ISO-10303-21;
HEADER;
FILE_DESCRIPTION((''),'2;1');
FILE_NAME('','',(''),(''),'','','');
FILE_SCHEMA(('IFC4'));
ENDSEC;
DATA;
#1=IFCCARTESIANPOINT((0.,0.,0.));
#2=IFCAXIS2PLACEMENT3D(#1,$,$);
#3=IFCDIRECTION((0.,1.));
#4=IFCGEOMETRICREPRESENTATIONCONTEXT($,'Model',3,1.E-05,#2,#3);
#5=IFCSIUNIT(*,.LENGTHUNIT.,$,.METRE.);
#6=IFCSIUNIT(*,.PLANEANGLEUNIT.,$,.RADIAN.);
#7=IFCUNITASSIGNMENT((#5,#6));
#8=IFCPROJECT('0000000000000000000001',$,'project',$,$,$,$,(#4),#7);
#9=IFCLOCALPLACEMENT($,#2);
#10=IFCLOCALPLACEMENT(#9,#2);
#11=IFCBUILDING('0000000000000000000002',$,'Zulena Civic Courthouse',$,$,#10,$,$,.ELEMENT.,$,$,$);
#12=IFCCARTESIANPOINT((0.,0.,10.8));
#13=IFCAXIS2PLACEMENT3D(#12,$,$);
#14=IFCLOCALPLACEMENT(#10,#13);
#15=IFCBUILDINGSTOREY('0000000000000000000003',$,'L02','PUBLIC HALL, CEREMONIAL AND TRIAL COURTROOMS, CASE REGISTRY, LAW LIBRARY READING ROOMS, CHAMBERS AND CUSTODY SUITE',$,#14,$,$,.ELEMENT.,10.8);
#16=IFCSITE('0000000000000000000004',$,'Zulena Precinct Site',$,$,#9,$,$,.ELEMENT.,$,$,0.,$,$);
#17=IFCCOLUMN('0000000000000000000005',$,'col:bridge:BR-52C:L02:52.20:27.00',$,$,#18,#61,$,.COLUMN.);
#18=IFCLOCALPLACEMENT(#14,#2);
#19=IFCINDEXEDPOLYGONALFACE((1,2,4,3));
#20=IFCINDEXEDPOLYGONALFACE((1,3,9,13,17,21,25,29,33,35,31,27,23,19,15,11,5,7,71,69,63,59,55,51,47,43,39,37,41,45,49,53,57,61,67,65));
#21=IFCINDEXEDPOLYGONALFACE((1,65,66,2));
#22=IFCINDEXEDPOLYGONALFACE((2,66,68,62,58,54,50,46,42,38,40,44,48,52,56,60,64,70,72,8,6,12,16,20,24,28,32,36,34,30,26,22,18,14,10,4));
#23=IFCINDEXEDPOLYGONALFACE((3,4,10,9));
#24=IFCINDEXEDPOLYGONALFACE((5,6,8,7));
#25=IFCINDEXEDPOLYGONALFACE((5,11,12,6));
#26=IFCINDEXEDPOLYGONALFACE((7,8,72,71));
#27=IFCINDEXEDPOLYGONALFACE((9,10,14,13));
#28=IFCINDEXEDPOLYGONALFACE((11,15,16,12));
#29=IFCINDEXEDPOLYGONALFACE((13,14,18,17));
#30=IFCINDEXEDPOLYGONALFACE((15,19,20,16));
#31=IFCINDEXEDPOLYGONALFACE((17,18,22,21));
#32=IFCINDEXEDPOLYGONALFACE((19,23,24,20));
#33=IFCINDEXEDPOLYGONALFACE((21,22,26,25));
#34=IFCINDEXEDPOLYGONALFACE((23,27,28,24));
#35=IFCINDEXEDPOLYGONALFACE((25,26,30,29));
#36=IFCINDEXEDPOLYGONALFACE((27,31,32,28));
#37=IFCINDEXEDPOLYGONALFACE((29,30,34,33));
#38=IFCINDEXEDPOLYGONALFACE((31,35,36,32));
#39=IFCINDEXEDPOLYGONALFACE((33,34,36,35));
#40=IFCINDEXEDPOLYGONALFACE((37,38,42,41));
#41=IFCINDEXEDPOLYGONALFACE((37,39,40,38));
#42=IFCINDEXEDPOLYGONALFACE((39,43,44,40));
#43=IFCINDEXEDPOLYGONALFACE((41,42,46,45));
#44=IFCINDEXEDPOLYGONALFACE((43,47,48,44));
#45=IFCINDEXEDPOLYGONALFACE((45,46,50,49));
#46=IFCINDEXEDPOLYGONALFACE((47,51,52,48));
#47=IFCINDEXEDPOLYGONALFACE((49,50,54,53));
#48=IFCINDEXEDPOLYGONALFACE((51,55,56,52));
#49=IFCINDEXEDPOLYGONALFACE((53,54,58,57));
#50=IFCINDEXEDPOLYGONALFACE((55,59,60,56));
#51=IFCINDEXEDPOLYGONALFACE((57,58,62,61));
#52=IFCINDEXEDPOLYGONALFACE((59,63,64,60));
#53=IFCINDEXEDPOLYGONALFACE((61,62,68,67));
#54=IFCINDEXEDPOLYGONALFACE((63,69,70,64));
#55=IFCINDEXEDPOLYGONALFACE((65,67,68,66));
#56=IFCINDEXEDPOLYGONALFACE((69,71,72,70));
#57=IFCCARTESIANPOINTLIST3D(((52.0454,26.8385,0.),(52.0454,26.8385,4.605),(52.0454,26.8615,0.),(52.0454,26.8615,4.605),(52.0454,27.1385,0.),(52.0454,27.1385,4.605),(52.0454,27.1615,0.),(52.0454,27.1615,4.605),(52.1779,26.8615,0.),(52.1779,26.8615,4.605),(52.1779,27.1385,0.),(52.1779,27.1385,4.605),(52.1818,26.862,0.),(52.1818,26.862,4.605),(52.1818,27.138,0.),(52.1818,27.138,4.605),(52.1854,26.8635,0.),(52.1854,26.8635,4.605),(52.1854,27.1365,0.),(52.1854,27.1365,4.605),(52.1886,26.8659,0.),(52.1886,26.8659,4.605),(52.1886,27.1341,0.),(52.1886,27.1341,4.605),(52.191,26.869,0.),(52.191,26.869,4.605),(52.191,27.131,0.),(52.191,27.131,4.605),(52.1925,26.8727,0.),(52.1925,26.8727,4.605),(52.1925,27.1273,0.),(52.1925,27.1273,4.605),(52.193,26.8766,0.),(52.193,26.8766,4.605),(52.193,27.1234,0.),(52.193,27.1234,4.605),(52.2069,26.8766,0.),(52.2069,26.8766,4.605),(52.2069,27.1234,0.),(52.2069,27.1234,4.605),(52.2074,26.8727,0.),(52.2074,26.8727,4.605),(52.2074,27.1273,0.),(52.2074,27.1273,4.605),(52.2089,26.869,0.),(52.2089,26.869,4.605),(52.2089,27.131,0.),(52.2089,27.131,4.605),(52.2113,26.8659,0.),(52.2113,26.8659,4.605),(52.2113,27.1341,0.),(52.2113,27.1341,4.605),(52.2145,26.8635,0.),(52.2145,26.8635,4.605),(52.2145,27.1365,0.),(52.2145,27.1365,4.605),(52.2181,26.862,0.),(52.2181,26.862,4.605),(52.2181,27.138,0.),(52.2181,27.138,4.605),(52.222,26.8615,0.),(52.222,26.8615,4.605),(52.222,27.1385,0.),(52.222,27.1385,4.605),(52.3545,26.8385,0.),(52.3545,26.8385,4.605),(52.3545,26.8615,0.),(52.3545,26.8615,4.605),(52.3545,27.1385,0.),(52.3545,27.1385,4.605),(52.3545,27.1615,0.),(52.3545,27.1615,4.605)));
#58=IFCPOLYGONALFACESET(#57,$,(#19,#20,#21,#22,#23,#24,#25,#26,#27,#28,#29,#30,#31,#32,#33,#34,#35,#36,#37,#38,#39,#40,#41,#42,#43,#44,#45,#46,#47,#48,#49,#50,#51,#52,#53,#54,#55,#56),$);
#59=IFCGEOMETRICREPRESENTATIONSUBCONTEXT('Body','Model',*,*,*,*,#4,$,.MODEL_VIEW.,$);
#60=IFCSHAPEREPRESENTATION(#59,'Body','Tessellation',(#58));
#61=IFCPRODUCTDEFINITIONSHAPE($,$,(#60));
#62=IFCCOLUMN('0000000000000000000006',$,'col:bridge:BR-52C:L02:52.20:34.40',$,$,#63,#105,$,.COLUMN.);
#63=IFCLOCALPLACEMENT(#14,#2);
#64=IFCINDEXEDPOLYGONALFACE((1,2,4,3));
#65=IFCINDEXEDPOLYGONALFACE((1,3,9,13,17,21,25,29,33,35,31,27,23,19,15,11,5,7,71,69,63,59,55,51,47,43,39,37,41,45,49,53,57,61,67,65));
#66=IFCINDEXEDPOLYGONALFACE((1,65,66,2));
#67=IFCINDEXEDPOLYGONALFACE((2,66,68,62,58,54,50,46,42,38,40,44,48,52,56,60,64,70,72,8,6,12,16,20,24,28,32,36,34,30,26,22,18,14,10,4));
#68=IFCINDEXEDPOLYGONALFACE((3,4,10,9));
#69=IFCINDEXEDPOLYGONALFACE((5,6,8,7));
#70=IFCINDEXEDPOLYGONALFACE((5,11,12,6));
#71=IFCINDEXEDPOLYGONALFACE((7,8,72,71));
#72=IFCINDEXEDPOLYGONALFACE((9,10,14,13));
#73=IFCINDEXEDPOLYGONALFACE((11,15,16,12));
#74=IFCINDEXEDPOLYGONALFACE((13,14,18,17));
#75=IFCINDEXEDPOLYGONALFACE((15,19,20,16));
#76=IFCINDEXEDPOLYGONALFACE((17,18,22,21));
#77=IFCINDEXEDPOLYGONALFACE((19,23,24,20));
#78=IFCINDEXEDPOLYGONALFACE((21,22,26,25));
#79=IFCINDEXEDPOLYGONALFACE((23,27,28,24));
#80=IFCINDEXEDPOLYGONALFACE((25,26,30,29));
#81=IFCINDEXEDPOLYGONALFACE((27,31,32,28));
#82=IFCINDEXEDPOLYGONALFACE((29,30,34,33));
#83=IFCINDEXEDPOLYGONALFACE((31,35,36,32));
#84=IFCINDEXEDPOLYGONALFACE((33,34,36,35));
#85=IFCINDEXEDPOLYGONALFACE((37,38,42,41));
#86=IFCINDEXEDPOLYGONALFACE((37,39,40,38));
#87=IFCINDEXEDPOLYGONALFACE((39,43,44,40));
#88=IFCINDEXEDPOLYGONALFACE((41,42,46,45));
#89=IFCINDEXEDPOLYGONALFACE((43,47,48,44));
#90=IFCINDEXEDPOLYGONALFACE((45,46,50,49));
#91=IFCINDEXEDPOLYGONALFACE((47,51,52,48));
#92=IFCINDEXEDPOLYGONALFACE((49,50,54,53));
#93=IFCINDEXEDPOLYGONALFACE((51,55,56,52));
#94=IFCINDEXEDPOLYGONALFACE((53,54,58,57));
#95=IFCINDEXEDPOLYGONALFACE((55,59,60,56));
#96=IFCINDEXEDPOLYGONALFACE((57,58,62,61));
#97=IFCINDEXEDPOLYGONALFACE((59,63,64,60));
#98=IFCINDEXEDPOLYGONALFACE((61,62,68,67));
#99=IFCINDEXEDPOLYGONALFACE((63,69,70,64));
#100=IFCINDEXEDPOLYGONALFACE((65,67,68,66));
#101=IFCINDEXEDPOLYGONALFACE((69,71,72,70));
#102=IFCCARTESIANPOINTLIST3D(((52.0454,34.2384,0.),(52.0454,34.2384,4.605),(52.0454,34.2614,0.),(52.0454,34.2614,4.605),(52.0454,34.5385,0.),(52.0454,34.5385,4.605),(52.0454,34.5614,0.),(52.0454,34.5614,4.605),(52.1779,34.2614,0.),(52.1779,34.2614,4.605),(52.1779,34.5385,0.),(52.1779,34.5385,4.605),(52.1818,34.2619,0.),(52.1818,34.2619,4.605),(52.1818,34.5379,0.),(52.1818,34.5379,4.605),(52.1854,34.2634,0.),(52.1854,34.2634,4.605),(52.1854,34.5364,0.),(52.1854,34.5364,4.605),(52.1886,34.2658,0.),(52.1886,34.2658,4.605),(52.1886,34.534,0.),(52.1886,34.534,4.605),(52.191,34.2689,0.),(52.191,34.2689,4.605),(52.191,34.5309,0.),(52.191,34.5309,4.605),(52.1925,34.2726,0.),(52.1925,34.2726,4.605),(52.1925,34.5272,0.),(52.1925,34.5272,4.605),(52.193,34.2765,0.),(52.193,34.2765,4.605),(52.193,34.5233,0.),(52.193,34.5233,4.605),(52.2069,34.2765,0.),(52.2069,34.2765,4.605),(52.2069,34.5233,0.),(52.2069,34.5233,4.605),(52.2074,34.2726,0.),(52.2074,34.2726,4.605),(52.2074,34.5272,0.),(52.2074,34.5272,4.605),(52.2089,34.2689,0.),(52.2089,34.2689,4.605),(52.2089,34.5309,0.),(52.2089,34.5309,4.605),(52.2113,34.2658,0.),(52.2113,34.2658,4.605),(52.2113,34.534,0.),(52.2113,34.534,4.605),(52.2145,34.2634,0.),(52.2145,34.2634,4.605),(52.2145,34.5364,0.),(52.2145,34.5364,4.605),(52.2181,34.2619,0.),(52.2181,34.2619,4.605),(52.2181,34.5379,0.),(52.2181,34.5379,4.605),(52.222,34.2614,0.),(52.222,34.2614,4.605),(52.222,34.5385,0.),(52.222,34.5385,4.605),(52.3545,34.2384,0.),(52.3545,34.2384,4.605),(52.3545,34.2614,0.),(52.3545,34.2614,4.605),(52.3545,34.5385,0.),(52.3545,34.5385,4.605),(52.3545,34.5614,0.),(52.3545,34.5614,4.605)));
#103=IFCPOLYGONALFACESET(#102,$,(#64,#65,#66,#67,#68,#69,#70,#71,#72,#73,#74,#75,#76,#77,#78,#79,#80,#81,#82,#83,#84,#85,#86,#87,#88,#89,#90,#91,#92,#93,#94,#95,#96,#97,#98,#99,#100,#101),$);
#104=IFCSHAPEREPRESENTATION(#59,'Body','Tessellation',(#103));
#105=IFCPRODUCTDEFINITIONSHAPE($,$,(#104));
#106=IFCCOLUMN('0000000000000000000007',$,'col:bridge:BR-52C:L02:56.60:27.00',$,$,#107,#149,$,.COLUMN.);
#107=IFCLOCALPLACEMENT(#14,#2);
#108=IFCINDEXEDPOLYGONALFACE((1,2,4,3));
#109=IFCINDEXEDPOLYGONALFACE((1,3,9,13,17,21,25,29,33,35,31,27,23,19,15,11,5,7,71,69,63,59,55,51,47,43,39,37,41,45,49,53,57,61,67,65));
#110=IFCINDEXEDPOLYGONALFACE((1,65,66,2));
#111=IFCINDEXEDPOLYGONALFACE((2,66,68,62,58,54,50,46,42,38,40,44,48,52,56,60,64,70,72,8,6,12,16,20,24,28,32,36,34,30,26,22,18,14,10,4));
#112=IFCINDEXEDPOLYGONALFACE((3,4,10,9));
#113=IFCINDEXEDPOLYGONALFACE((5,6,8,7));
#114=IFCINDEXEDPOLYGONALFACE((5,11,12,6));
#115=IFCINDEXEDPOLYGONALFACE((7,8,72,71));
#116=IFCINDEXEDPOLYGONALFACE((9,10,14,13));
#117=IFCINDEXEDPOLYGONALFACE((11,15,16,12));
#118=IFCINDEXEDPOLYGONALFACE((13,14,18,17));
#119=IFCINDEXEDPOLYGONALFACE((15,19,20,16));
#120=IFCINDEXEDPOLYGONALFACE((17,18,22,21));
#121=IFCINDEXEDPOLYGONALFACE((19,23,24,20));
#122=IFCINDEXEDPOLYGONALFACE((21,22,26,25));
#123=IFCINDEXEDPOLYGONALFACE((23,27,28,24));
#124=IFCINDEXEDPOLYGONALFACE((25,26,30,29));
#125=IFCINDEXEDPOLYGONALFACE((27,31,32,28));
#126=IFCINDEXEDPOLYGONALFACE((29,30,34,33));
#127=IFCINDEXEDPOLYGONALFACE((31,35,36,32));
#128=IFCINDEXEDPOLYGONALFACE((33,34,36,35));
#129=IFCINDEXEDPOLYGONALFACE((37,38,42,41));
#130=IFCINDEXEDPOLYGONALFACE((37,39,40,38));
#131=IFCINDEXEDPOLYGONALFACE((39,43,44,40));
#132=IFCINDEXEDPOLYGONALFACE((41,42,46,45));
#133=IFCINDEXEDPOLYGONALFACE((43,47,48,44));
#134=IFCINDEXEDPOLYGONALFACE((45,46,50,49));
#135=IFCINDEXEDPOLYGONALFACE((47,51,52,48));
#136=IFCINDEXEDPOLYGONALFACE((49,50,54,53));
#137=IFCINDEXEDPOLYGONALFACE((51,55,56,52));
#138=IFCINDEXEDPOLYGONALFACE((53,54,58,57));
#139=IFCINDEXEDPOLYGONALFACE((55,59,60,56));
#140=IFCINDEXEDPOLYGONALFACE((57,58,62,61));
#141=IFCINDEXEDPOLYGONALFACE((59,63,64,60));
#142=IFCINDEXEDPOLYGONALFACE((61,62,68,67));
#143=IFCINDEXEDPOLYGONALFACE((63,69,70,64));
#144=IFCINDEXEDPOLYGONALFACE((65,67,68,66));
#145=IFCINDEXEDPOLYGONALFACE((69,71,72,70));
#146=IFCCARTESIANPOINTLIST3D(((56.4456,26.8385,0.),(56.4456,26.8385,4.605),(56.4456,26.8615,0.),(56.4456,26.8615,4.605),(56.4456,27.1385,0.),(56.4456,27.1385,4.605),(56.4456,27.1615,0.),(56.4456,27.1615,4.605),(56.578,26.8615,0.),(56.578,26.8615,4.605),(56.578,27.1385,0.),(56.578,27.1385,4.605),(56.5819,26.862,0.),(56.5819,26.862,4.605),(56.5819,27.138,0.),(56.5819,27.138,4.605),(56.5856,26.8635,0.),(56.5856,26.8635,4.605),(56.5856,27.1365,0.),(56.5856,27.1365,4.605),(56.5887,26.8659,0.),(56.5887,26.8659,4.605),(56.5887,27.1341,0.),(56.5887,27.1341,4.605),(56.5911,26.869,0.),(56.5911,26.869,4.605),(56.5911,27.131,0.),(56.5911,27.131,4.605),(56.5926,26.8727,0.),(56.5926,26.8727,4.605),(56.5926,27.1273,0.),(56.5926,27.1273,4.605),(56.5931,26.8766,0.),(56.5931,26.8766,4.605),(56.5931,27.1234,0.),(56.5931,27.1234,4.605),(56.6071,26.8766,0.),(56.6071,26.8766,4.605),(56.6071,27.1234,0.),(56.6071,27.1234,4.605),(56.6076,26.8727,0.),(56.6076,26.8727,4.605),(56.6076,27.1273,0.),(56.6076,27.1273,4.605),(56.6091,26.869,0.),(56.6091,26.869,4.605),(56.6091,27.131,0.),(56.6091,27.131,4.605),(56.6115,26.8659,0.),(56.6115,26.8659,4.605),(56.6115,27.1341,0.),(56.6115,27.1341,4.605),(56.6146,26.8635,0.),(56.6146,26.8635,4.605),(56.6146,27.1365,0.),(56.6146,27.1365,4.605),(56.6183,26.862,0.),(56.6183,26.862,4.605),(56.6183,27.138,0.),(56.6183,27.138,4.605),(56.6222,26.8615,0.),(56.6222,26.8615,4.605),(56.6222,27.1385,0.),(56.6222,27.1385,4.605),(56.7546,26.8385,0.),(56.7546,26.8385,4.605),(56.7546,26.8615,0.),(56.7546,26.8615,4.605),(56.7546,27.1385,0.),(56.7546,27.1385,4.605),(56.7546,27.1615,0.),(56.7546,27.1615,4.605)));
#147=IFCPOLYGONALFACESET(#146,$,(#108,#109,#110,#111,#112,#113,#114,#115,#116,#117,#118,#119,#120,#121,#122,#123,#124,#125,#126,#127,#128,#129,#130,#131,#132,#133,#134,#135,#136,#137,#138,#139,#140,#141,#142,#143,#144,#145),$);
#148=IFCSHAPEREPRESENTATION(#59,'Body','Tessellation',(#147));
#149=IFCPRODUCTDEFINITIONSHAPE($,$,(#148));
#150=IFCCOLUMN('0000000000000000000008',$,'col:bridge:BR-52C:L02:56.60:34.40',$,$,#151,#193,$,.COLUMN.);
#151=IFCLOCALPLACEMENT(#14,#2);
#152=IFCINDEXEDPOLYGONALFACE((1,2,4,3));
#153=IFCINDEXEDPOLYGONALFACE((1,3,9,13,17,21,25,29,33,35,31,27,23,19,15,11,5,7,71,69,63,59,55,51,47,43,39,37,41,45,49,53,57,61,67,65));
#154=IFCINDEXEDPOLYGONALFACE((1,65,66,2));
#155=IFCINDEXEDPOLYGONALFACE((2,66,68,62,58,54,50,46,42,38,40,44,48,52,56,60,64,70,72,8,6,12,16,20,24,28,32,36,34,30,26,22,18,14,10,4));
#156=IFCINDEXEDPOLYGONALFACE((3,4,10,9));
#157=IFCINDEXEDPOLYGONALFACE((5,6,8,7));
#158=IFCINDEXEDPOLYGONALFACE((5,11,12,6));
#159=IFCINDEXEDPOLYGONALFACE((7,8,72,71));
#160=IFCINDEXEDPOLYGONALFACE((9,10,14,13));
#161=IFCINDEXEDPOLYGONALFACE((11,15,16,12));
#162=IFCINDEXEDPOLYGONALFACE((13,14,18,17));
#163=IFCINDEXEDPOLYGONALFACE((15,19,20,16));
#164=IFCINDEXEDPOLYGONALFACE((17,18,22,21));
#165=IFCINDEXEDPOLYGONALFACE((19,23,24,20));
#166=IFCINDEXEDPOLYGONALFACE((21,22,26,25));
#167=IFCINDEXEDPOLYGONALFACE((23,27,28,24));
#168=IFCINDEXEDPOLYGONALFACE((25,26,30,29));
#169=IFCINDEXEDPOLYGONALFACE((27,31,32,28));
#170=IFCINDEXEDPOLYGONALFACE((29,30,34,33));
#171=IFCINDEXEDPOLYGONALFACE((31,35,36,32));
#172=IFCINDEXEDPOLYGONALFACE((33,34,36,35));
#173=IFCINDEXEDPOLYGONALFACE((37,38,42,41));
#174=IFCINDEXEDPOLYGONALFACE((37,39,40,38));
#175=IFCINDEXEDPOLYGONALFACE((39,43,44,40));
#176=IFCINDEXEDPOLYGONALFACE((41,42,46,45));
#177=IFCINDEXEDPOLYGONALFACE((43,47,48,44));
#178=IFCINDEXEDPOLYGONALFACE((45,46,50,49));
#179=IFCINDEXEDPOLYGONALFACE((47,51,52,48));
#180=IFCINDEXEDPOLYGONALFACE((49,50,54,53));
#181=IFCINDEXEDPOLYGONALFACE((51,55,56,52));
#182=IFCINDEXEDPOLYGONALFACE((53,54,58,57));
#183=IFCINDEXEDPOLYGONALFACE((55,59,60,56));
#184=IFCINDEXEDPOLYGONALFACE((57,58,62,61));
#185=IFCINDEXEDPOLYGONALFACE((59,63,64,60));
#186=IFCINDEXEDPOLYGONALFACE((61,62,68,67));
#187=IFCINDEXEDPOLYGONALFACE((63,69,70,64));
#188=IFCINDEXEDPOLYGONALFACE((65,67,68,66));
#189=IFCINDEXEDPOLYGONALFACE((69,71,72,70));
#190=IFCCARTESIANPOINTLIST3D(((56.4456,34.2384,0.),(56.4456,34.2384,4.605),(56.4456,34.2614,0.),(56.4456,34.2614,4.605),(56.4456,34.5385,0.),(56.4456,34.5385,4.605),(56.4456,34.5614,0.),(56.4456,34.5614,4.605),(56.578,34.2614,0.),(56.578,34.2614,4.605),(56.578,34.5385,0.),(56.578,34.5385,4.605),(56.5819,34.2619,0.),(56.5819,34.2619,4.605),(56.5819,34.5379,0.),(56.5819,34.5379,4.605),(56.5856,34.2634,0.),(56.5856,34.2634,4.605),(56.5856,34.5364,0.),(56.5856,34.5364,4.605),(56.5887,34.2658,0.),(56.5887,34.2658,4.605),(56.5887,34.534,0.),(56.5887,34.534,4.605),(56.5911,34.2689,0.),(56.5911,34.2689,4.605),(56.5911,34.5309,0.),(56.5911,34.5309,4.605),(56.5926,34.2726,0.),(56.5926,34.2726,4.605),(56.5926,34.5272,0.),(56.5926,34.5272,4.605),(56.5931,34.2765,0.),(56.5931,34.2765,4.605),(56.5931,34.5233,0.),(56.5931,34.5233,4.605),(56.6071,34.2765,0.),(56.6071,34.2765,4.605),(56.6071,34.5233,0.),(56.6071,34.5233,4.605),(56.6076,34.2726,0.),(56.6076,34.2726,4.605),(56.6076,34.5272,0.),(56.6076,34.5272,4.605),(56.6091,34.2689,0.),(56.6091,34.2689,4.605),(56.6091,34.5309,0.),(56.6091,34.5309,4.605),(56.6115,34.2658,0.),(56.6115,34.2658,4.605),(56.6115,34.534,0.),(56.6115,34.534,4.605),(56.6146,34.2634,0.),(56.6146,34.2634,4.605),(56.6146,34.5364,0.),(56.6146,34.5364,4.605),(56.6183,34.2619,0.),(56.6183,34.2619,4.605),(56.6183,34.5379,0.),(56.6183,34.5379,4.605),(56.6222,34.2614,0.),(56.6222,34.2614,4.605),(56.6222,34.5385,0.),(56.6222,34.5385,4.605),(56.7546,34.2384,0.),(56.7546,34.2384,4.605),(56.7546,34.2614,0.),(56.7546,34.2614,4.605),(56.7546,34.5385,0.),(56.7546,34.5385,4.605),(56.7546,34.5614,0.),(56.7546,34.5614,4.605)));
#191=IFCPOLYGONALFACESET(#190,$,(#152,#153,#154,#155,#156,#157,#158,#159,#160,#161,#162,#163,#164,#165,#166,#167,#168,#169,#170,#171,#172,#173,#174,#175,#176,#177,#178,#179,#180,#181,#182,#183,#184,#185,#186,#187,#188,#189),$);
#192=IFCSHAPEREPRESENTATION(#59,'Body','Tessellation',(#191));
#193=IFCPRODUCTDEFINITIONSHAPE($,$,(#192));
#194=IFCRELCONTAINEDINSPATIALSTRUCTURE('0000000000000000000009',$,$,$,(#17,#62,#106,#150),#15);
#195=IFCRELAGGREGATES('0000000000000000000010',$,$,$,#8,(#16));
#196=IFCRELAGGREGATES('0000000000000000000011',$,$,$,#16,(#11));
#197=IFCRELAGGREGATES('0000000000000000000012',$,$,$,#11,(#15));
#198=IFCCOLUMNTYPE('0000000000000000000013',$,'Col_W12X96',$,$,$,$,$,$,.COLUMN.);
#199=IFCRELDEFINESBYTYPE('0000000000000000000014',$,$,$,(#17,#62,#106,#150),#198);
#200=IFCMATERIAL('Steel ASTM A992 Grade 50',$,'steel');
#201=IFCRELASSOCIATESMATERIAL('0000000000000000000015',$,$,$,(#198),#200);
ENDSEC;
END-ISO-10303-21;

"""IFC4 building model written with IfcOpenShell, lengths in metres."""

from ifc_helpers import new_model, si_unit, direction, frame, origin, origin_2d, place, context, subcontext, project, spatial, i_section, extrude, material, material_profile, profile_set, type_object, element, save


model = new_model("IFC4")

# Units and contexts
model_context = context("Model", 3, precision=1e-05, world=origin(), true_north=direction((0.0, 1.0)))
body_context = subcontext(model_context, "Body", "Model", "MODEL_VIEW")
ifc_project = project(units=[si_unit("LENGTHUNIT", "METRE"), si_unit("PLANEANGLEUNIT", "RADIAN")], contexts=[model_context])

# Site, building, storey
site_placement = place(None, origin())
site = spatial("IfcSite", under=ifc_project, at=site_placement, Name="Zulena Precinct Site", CompositionType="ELEMENT", RefElevation=0.0)
building_placement = place(site_placement, origin())
building = spatial("IfcBuilding", under=site, at=building_placement, Name="Zulena Civic Courthouse", CompositionType="ELEMENT")
storey_placement = place(building_placement, frame((0.0, 0.0, 10.8)))
storey = spatial("IfcBuildingStorey", under=building, at=storey_placement, Name="L02", Description="PUBLIC HALL, CEREMONIAL AND TRIAL COURTROOMS, CASE REGISTRY, LAW LIBRARY READING ROOMS, CHAMBERS AND CUSTODY SUITE", CompositionType="ELEMENT", Elevation=10.8)

# Columns
ifc_material_1 = material(Name="Steel ASTM A992 Grade 50", Category="steel")
ifc_material_profile_1 = material_profile(ifc_material_1, i_section(OverallWidth=0.3091, OverallDepth=0.323, WebThickness=0.0139, FlangeThickness=0.0229, FilletRadius=0.0151, at=origin_2d()), Name="W12X96")
ifc_profile_set_1 = profile_set([ifc_material_profile_1], Name="Steel ASTM A992 Grade 50")
column_type = type_object("IfcColumnType", Name="Col_W12X96", PredefinedType="COLUMN", material=ifc_profile_set_1)
for number, where, z_axis, x_axis, name in (
    (1, (52.2, 27.0, 0.0), (0.0, 0.0, 1.0), (1.0, 0.0, 0.0), "col:bridge:BR-52C:L02:52.20:27.00"),
    (2, (52.2, 34.3999, 0.0), (0.0, 0.0, 1.0), (1.0, 0.0, 0.0), "col:bridge:BR-52C:L02:52.20:34.40"),
    (3, (56.6001, 27.0, 0.0), (0.0, 0.0, 1.0), (1.0, 0.0, 0.0), "col:bridge:BR-52C:L02:56.60:27.00"),
    (4, (56.6001, 34.3999, 0.0), (0.0, 0.0, 1.0), (1.0, 0.0, 0.0), "col:bridge:BR-52C:L02:56.60:34.40"),
):
    element("IfcColumn", number, at=place(storey_placement, frame(where, z_axis=z_axis, x_axis=x_axis)), inside=storey, type_object=column_type, Name=name, PredefinedType="COLUMN", context=body_context, shape_type="SweptSolid", body=[
        extrude(i_section(OverallWidth=0.3091, OverallDepth=0.323, WebThickness=0.0139, FlangeThickness=0.0229, FilletRadius=0.0151, at=origin_2d()), origin(), (0.0, 0.0, 1.0), 4.605),
    ])

save(model, "model.ifc")
